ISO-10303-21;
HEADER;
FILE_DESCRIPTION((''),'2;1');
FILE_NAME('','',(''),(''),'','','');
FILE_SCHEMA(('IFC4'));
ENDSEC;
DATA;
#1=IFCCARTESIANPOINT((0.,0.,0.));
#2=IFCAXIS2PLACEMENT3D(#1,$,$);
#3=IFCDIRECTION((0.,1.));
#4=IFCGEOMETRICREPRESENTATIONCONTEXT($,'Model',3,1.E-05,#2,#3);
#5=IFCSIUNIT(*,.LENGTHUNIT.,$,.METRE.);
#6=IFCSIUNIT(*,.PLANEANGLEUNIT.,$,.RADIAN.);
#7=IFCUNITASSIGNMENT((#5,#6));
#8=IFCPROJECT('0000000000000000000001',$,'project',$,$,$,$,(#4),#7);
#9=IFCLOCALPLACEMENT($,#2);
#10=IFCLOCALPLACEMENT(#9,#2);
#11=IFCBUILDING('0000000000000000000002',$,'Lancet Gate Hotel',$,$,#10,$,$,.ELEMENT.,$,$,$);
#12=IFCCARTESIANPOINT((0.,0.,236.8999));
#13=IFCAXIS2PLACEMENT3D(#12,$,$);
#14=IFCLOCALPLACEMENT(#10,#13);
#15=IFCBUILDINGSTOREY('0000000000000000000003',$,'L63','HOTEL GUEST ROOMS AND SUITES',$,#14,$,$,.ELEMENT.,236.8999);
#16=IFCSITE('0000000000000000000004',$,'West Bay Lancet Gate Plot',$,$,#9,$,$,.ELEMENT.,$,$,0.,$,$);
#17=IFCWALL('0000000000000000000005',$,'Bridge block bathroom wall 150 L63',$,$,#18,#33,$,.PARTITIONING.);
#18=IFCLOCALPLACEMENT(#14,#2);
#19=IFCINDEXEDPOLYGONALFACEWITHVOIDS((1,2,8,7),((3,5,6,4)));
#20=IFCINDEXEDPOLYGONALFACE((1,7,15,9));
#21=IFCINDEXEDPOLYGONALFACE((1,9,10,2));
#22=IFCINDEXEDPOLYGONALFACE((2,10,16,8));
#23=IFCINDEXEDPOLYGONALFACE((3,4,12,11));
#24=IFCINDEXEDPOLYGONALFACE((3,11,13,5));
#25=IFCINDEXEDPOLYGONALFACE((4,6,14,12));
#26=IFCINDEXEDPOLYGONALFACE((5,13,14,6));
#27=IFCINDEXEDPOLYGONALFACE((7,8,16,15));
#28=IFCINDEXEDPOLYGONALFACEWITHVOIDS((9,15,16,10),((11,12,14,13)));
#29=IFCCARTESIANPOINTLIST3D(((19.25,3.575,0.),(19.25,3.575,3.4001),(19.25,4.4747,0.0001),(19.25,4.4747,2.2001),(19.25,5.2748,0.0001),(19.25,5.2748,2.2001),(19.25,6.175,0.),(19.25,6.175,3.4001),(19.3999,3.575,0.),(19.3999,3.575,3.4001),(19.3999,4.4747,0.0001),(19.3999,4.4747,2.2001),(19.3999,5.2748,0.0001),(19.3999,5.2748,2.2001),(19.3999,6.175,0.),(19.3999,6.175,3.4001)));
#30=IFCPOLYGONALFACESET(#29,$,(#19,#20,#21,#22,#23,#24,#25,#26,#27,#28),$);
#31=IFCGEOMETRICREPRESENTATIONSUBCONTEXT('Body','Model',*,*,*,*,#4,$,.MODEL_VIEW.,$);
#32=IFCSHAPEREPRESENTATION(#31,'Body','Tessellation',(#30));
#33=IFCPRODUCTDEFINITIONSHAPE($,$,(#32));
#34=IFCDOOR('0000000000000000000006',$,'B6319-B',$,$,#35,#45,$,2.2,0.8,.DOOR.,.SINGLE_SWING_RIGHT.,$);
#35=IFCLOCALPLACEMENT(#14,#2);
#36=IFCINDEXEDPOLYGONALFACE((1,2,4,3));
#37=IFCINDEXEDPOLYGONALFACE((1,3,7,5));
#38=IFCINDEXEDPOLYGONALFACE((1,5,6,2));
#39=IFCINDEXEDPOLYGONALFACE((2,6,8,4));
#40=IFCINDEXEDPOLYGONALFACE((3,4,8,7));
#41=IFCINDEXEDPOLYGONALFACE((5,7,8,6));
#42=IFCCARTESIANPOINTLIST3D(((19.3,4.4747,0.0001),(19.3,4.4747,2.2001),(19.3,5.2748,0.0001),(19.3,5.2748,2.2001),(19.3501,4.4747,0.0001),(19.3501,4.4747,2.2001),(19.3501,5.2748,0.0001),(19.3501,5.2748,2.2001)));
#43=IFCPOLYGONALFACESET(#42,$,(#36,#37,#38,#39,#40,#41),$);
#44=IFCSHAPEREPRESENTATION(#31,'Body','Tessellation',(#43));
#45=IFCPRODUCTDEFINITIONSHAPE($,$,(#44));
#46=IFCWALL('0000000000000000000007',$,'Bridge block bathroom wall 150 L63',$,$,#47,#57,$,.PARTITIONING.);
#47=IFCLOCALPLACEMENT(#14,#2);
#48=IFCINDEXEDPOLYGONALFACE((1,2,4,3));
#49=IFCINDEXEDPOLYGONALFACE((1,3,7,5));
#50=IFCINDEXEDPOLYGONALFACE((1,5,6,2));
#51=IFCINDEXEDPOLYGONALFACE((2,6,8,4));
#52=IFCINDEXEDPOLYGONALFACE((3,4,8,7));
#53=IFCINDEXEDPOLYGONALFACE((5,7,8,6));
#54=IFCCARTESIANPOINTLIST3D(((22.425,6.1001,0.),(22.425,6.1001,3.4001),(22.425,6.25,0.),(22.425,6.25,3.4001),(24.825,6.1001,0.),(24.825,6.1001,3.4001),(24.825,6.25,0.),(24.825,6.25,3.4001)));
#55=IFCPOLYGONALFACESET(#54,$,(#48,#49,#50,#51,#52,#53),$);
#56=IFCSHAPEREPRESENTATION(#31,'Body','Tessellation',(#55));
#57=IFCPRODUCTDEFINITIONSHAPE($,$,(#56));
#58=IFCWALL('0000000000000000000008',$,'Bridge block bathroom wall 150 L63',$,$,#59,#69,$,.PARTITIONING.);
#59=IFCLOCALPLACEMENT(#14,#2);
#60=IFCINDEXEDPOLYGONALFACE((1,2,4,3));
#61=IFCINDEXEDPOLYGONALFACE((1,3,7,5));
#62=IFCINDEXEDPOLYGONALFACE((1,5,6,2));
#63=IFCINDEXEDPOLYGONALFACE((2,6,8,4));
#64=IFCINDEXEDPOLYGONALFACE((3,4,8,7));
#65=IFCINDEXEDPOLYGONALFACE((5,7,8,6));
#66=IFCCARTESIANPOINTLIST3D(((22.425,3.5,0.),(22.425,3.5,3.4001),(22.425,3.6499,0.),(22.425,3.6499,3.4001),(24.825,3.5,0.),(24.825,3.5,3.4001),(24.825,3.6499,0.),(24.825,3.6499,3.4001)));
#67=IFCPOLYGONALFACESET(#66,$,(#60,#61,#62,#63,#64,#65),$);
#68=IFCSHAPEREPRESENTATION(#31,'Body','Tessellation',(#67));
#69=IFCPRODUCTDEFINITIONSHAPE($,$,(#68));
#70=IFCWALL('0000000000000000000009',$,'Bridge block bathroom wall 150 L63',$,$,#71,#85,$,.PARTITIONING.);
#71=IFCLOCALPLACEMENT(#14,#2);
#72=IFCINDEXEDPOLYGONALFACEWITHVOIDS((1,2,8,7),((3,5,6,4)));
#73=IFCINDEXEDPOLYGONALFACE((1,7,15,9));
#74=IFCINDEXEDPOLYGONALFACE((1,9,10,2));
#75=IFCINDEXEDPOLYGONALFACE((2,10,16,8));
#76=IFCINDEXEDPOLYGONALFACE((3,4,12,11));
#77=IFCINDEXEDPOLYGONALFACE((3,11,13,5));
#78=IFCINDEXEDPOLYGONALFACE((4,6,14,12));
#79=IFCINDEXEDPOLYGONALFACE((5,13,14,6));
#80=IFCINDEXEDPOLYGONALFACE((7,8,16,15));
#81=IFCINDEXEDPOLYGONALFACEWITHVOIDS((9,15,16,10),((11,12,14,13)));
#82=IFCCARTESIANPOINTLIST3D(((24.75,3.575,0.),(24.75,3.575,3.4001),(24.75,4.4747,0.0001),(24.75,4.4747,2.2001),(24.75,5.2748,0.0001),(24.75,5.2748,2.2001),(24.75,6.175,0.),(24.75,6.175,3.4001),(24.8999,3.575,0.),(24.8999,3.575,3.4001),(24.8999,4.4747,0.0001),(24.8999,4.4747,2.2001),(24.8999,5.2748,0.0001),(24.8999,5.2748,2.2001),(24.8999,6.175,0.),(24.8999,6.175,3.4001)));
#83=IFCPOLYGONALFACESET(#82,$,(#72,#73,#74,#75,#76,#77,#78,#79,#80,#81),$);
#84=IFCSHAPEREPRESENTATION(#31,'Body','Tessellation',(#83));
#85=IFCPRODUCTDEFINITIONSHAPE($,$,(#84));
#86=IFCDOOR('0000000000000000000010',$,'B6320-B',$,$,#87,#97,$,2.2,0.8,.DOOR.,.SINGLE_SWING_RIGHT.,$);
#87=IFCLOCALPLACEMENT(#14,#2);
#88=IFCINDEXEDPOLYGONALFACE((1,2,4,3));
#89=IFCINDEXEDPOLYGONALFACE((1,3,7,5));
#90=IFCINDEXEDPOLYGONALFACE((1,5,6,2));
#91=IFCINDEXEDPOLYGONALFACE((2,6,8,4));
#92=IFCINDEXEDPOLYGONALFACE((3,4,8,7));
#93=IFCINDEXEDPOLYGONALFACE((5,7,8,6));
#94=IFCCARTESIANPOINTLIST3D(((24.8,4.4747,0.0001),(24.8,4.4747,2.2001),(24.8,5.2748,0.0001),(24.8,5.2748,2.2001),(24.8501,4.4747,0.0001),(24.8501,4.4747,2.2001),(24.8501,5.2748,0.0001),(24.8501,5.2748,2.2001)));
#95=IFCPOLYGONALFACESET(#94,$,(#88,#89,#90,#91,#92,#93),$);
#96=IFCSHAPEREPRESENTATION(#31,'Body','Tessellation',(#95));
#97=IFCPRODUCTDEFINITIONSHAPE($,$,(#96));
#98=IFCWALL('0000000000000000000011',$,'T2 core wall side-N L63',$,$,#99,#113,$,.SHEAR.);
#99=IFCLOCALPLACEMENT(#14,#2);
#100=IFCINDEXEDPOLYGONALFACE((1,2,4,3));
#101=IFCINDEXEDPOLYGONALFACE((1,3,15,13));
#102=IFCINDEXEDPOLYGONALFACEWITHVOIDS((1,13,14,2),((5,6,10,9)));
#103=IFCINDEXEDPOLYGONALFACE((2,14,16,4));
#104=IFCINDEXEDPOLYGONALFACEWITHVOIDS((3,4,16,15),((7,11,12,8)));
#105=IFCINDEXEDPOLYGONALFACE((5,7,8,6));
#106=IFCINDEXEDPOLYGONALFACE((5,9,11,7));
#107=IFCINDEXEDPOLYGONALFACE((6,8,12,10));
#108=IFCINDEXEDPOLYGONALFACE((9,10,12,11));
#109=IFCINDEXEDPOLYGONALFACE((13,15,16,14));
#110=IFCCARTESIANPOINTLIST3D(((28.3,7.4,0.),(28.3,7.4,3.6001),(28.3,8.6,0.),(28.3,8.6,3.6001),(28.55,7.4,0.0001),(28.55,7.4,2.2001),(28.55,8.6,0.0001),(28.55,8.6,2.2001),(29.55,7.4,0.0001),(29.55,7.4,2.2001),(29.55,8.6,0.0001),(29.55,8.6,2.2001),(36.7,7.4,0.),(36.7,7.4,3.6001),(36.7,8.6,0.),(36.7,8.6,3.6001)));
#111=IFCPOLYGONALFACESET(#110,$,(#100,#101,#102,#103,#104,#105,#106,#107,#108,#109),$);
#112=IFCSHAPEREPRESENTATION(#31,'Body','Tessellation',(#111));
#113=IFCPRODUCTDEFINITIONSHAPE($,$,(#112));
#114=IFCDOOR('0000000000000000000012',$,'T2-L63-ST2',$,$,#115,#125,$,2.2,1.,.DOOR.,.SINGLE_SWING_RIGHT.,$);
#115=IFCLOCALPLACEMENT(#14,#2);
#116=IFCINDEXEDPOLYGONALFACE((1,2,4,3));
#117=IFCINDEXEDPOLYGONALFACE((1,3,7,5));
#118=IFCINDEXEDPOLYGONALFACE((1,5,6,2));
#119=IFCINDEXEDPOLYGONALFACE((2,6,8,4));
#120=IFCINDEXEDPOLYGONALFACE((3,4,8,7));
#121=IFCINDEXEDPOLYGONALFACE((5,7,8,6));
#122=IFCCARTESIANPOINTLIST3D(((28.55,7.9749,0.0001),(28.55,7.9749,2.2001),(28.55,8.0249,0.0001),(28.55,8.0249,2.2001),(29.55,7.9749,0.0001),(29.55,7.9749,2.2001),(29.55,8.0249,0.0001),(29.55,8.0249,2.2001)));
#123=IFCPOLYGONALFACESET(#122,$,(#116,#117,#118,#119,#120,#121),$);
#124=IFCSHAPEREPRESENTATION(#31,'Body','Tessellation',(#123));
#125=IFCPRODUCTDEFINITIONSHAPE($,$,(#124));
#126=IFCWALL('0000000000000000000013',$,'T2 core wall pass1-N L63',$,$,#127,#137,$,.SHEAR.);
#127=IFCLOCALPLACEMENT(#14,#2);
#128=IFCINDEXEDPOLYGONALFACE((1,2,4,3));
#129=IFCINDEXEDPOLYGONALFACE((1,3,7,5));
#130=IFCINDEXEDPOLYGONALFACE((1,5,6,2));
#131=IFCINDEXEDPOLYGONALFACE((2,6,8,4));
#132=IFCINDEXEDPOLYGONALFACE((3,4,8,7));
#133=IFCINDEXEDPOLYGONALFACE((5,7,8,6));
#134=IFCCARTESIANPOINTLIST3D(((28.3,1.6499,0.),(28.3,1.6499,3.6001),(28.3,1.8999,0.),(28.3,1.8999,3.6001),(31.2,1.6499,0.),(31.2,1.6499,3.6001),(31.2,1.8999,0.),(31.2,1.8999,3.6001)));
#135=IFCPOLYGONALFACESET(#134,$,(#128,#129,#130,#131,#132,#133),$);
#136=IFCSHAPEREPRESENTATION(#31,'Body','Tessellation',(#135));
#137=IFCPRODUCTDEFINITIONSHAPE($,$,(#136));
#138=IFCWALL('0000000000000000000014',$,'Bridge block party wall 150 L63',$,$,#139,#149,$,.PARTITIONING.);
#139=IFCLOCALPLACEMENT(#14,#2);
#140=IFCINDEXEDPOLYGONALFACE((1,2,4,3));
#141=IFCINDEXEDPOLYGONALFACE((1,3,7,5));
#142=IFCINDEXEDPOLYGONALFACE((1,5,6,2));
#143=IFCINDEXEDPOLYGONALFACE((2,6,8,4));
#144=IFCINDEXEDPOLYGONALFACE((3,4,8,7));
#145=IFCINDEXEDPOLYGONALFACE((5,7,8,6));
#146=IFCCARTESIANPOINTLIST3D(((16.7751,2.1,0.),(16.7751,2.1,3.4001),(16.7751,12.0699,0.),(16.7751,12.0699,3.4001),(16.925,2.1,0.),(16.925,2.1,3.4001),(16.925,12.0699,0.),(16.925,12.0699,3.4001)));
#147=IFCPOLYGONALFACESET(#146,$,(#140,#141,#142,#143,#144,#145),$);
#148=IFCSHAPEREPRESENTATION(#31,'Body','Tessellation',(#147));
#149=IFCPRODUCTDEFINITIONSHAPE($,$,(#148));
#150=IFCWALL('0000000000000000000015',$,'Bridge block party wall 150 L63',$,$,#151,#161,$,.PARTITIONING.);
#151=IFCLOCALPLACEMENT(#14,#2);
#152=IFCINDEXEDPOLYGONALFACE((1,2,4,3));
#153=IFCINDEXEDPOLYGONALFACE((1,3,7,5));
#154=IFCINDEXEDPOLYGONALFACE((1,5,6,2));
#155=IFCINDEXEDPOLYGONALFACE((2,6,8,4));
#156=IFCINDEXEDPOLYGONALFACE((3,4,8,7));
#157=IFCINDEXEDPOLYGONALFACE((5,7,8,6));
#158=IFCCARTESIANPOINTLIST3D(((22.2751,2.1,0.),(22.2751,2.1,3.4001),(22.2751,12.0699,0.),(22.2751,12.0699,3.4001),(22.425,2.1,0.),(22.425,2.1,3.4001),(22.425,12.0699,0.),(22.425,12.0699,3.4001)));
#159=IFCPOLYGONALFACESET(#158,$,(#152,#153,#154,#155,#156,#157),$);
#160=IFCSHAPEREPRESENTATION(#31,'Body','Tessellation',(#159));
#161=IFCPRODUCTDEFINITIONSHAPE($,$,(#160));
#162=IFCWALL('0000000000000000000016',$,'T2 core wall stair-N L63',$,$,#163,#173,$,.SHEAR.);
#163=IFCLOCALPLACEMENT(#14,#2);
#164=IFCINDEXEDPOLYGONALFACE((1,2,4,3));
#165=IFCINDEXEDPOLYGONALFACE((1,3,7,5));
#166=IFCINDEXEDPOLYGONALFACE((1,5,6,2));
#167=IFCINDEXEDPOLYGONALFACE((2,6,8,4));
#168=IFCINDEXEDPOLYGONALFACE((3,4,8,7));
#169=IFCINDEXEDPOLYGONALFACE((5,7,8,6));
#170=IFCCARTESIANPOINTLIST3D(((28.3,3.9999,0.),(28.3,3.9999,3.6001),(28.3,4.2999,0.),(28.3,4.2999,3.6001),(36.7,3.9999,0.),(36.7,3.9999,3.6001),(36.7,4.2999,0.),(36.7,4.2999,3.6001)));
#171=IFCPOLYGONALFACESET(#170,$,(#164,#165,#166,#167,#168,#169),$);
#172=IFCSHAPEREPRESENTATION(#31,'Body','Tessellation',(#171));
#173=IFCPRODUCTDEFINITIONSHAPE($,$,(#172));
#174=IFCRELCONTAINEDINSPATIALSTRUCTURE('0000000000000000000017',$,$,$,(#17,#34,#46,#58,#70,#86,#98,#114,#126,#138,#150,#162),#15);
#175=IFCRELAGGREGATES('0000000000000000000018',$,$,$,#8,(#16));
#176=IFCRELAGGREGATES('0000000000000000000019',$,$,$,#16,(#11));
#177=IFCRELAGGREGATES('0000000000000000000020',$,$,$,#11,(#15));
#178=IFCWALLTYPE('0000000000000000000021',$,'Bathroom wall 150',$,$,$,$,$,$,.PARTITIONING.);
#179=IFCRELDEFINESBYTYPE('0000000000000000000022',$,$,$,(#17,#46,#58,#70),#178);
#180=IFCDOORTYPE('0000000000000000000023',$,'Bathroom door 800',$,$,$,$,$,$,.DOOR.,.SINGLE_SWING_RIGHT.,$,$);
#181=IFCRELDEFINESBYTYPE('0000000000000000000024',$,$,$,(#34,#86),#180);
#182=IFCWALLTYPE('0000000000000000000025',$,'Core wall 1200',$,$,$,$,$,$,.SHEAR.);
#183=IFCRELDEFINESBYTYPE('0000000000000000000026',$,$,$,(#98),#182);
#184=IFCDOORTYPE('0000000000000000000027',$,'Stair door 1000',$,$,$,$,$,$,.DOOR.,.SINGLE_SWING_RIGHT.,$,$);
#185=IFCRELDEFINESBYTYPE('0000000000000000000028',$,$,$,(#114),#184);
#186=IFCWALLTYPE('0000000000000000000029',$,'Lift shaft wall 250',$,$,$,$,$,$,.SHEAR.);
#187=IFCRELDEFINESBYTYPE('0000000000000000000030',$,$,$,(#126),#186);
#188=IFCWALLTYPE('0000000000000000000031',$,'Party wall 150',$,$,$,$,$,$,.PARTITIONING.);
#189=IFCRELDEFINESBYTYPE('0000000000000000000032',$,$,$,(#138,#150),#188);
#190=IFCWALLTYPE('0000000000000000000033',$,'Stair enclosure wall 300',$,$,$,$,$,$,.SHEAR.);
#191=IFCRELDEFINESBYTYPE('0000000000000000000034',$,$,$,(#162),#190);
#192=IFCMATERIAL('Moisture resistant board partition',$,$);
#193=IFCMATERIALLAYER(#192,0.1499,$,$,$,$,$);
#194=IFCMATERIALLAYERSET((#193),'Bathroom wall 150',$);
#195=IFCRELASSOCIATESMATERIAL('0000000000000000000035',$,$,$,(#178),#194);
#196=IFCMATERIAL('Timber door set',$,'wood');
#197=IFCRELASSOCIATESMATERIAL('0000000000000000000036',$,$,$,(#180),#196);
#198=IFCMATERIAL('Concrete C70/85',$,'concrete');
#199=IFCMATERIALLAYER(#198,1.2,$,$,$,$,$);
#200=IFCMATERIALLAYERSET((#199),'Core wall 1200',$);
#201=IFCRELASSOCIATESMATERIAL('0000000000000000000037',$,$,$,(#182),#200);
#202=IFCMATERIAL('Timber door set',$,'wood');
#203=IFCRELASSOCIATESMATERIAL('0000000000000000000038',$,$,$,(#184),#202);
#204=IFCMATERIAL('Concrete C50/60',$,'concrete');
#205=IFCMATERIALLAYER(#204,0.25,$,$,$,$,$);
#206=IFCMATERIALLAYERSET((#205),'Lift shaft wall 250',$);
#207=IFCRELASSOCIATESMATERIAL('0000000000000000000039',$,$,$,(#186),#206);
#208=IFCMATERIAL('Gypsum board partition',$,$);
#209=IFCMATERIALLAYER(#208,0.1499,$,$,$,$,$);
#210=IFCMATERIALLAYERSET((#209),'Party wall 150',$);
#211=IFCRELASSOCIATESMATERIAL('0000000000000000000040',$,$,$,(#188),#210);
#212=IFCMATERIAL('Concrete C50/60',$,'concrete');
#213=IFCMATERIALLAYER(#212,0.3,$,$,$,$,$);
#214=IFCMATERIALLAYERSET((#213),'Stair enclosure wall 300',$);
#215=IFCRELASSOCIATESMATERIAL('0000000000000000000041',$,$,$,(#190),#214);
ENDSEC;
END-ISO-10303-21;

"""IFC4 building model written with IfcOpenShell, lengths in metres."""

from ifc_helpers import new_model, si_unit, direction, frame, frame_2d, origin, place, context, subcontext, project, spatial, rectangle, extrude, material, layer, layer_set, type_object, element, fill, save


model = new_model("IFC4")

# Units and contexts
model_context = context("Model", 3, precision=1e-05, world=origin(), true_north=direction((0.0, 1.0)))
body_context = subcontext(model_context, "Body", "Model", "MODEL_VIEW")
ifc_project = project(units=[si_unit("LENGTHUNIT", "METRE"), si_unit("PLANEANGLEUNIT", "RADIAN")], contexts=[model_context])

# Site, building, storey
site_placement = place(None, origin())
site = spatial("IfcSite", under=ifc_project, at=site_placement, Name="West Bay Lancet Gate Plot", CompositionType="ELEMENT", RefElevation=0.0)
building_placement = place(site_placement, origin())
building = spatial("IfcBuilding", under=site, at=building_placement, Name="Lancet Gate Hotel", CompositionType="ELEMENT")
storey_placement = place(building_placement, frame((0.0, 0.0, 236.8999)))
storey = spatial("IfcBuildingStorey", under=building, at=storey_placement, Name="L63", Description="HOTEL GUEST ROOMS AND SUITES", CompositionType="ELEMENT", Elevation=236.8999)

# Shared definitions
ifc_material_1 = material(Name="Moisture resistant board partition")
ifc_layer_1 = layer(ifc_material_1, 0.1499)
ifc_layer_set_1 = layer_set([ifc_layer_1], Name="Bathroom wall 150")
wall_type_1 = type_object("IfcWallType", Name="Bathroom wall 150", PredefinedType="PARTITIONING", material=ifc_layer_set_1)

# Wall, opening, door
wall_1_placement = place(storey_placement, frame((19.325, 3.575, 0.0), z_axis=(0.0, 0.0, 1.0), x_axis=(0.0, 1.0, 0.0)))
wall_1 = element("IfcWall", 1, at=wall_1_placement, inside=storey, type_object=wall_type_1, Name="Bridge block bathroom wall 150 L63", PredefinedType="PARTITIONING", context=body_context, shape_type="SweptSolid", body=[
    extrude(rectangle(XDim=2.6001, YDim=0.1499, at=frame_2d((1.3, 0.0))), origin(), (0.0, 0.0, 1.0), 3.4001),
])
opening_1_placement = place(wall_1_placement, frame((0.8999, 0.0, 0.0)))
opening_1 = element("IfcOpeningElement", 2, at=opening_1_placement, cuts=wall_1, PredefinedType="OPENING", context=body_context, shape_type="SweptSolid", body=[
    extrude(rectangle(XDim=0.8, YDim=2.2, at=frame_2d((0.3999, 1.1001))), frame((0.0, 0.085, 0.0), z_axis=(0.0, -1.0, 0.0), x_axis=(1.0, 0.0, 0.0)), (0.0, 0.0, 1.0), 0.1699),
])
ifc_material_2 = material(Name="Timber door set", Category="wood")
door_type_1 = type_object("IfcDoorType", Name="Bathroom door 800", OperationType="SINGLE_SWING_RIGHT", PredefinedType="DOOR", material=ifc_material_2)
door_1_placement = place(opening_1_placement, origin())
door_1 = element("IfcDoor", 3, at=door_1_placement, inside=storey, type_object=door_type_1, Name="B6319-B", OperationType="SINGLE_SWING_RIGHT", OverallHeight=2.2, OverallWidth=0.8, PredefinedType="DOOR", context=body_context, shape_type="SweptSolid", body=[
    extrude(rectangle(XDim=0.8, YDim=2.2, at=frame_2d((0.3999, 1.1001))), frame((0.0, 0.0249, 0.0), z_axis=(0.0, -1.0, 0.0), x_axis=(1.0, 0.0, 0.0)), (0.0, 0.0, 1.0), 0.05),
])
fill(opening_1, door_1)

# Walls
for number, where, z_axis, x_axis, name in (
    (4, (22.425, 6.175, 0.0), (0.0, 0.0, 1.0), (1.0, 0.0, 0.0), "Bridge block bathroom wall 150 L63"),
    (5, (22.425, 3.575, 0.0), (0.0, 0.0, 1.0), (1.0, 0.0, 0.0), "Bridge block bathroom wall 150 L63"),
):
    element("IfcWall", number, at=place(storey_placement, frame(where, z_axis=z_axis, x_axis=x_axis)), inside=storey, type_object=wall_type_1, Name=name, PredefinedType="PARTITIONING", context=body_context, shape_type="SweptSolid", body=[
        extrude(rectangle(XDim=2.3999, YDim=0.1499, at=frame_2d((1.2, 0.0))), origin(), (0.0, 0.0, 1.0), 3.4001),
    ])

# Walls, openings, doors
wall_2_placement = place(storey_placement, frame((24.825, 3.575, 0.0), z_axis=(0.0, 0.0, 1.0), x_axis=(0.0, 1.0, 0.0)))
wall_2 = element("IfcWall", 6, at=wall_2_placement, inside=storey, type_object=wall_type_1, Name="Bridge block bathroom wall 150 L63", PredefinedType="PARTITIONING", context=body_context, shape_type="SweptSolid", body=[
    extrude(rectangle(XDim=2.6001, YDim=0.1499, at=frame_2d((1.3, 0.0))), origin(), (0.0, 0.0, 1.0), 3.4001),
])
opening_2_placement = place(wall_2_placement, frame((0.8999, 0.0, 0.0)))
opening_2 = element("IfcOpeningElement", 7, at=opening_2_placement, cuts=wall_2, PredefinedType="OPENING", context=body_context, shape_type="SweptSolid", body=[
    extrude(rectangle(XDim=0.8, YDim=2.2, at=frame_2d((0.3999, 1.1001))), frame((0.0, 0.085, 0.0), z_axis=(0.0, -1.0, 0.0), x_axis=(1.0, 0.0, 0.0)), (0.0, 0.0, 1.0), 0.1699),
])
door_2_placement = place(opening_2_placement, origin())
door_2 = element("IfcDoor", 8, at=door_2_placement, inside=storey, type_object=door_type_1, Name="B6320-B", OperationType="SINGLE_SWING_RIGHT", OverallHeight=2.2, OverallWidth=0.8, PredefinedType="DOOR", context=body_context, shape_type="SweptSolid", body=[
    extrude(rectangle(XDim=0.8, YDim=2.2, at=frame_2d((0.3999, 1.1001))), frame((0.0, 0.0249, 0.0), z_axis=(0.0, -1.0, 0.0), x_axis=(1.0, 0.0, 0.0)), (0.0, 0.0, 1.0), 0.05),
])
fill(opening_2, door_2)
ifc_material_3 = material(Name="Concrete C70/85", Category="concrete")
ifc_layer_2 = layer(ifc_material_3, 1.2)
ifc_layer_set_2 = layer_set([ifc_layer_2], Name="Core wall 1200")
wall_type_2 = type_object("IfcWallType", Name="Core wall 1200", PredefinedType="SHEAR", material=ifc_layer_set_2)
wall_3_placement = place(storey_placement, frame((28.3, 8.0, 0.0), z_axis=(0.0, 0.0, 1.0), x_axis=(1.0, 0.0, 0.0)))
wall_3 = element("IfcWall", 9, at=wall_3_placement, inside=storey, type_object=wall_type_2, Name="T2 core wall side-N L63", PredefinedType="SHEAR", context=body_context, shape_type="SweptSolid", body=[
    extrude(rectangle(XDim=8.3999, YDim=1.2, at=frame_2d((4.2, 0.0))), origin(), (0.0, 0.0, 1.0), 3.6001),
])
opening_3_placement = place(wall_3_placement, frame((0.25, 0.0, 0.0)))
opening_3 = element("IfcOpeningElement", 10, at=opening_3_placement, cuts=wall_3, PredefinedType="OPENING", context=body_context, shape_type="SweptSolid", body=[
    extrude(rectangle(XDim=1.0, YDim=2.2, at=frame_2d((0.5, 1.1001))), frame((0.0, 0.6099, 0.0), z_axis=(0.0, -1.0, 0.0), x_axis=(1.0, 0.0, 0.0)), (0.0, 0.0, 1.0), 1.22),
])
ifc_material_4 = material(Name="Timber door set", Category="wood")
door_type_2 = type_object("IfcDoorType", Name="Stair door 1000", OperationType="SINGLE_SWING_RIGHT", PredefinedType="DOOR", material=ifc_material_4)
door_3_placement = place(opening_3_placement, origin())
door_3 = element("IfcDoor", 11, at=door_3_placement, inside=storey, type_object=door_type_2, Name="T2-L63-ST2", OperationType="SINGLE_SWING_RIGHT", OverallHeight=2.2, OverallWidth=1.0, PredefinedType="DOOR", context=body_context, shape_type="SweptSolid", body=[
    extrude(rectangle(XDim=1.0, YDim=2.2, at=frame_2d((0.5, 1.1001))), frame((0.0, 0.0249, 0.0), z_axis=(0.0, -1.0, 0.0), x_axis=(1.0, 0.0, 0.0)), (0.0, 0.0, 1.0), 0.05),
])
fill(opening_3, door_3)

# Walls
ifc_material_5 = material(Name="Concrete C50/60", Category="concrete")
ifc_layer_3 = layer(ifc_material_5, 0.25)
ifc_layer_set_3 = layer_set([ifc_layer_3], Name="Lift shaft wall 250")
wall_type_3 = type_object("IfcWallType", Name="Lift shaft wall 250", PredefinedType="SHEAR", material=ifc_layer_set_3)
wall_4_placement = place(storey_placement, frame((28.3, 1.7749, 0.0), z_axis=(0.0, 0.0, 1.0), x_axis=(1.0, 0.0, 0.0)))
element("IfcWall", 12, at=wall_4_placement, inside=storey, type_object=wall_type_3, Name="T2 core wall pass1-N L63", PredefinedType="SHEAR", context=body_context, shape_type="SweptSolid", body=[
    extrude(rectangle(XDim=2.8999, YDim=0.25, at=frame_2d((1.45, 0.0))), origin(), (0.0, 0.0, 1.0), 3.6001),
])
ifc_material_6 = material(Name="Gypsum board partition")
ifc_layer_4 = layer(ifc_material_6, 0.1499)
ifc_layer_set_4 = layer_set([ifc_layer_4], Name="Party wall 150")
wall_type_4 = type_object("IfcWallType", Name="Party wall 150", PredefinedType="PARTITIONING", material=ifc_layer_set_4)
for number, where, z_axis, x_axis, name in (
    (13, (16.8501, 2.1001, 0.0), (0.0, 0.0, 1.0), (0.0, 1.0, 0.0), "Bridge block party wall 150 L63"),
    (14, (22.3501, 2.1001, 0.0), (0.0, 0.0, 1.0), (0.0, 1.0, 0.0), "Bridge block party wall 150 L63"),
):
    element("IfcWall", number, at=place(storey_placement, frame(where, z_axis=z_axis, x_axis=x_axis)), inside=storey, type_object=wall_type_4, Name=name, PredefinedType="PARTITIONING", context=body_context, shape_type="SweptSolid", body=[
        extrude(rectangle(XDim=9.97, YDim=0.1499, at=frame_2d((4.9849, 0.0))), origin(), (0.0, 0.0, 1.0), 3.4001),
    ])
ifc_material_7 = material(Name="Concrete C50/60", Category="concrete")
ifc_layer_5 = layer(ifc_material_7, 0.3)
ifc_layer_set_5 = layer_set([ifc_layer_5], Name="Stair enclosure wall 300")
wall_type_5 = type_object("IfcWallType", Name="Stair enclosure wall 300", PredefinedType="SHEAR", material=ifc_layer_set_5)
wall_5_placement = place(storey_placement, frame((28.3, 4.1499, 0.0), z_axis=(0.0, 0.0, 1.0), x_axis=(1.0, 0.0, 0.0)))
element("IfcWall", 15, at=wall_5_placement, inside=storey, type_object=wall_type_5, Name="T2 core wall stair-N L63", PredefinedType="SHEAR", context=body_context, shape_type="SweptSolid", body=[
    extrude(rectangle(XDim=8.3999, YDim=0.3, at=frame_2d((4.2, 0.0))), origin(), (0.0, 0.0, 1.0), 3.6001),
])

save(model, "model.ifc")
